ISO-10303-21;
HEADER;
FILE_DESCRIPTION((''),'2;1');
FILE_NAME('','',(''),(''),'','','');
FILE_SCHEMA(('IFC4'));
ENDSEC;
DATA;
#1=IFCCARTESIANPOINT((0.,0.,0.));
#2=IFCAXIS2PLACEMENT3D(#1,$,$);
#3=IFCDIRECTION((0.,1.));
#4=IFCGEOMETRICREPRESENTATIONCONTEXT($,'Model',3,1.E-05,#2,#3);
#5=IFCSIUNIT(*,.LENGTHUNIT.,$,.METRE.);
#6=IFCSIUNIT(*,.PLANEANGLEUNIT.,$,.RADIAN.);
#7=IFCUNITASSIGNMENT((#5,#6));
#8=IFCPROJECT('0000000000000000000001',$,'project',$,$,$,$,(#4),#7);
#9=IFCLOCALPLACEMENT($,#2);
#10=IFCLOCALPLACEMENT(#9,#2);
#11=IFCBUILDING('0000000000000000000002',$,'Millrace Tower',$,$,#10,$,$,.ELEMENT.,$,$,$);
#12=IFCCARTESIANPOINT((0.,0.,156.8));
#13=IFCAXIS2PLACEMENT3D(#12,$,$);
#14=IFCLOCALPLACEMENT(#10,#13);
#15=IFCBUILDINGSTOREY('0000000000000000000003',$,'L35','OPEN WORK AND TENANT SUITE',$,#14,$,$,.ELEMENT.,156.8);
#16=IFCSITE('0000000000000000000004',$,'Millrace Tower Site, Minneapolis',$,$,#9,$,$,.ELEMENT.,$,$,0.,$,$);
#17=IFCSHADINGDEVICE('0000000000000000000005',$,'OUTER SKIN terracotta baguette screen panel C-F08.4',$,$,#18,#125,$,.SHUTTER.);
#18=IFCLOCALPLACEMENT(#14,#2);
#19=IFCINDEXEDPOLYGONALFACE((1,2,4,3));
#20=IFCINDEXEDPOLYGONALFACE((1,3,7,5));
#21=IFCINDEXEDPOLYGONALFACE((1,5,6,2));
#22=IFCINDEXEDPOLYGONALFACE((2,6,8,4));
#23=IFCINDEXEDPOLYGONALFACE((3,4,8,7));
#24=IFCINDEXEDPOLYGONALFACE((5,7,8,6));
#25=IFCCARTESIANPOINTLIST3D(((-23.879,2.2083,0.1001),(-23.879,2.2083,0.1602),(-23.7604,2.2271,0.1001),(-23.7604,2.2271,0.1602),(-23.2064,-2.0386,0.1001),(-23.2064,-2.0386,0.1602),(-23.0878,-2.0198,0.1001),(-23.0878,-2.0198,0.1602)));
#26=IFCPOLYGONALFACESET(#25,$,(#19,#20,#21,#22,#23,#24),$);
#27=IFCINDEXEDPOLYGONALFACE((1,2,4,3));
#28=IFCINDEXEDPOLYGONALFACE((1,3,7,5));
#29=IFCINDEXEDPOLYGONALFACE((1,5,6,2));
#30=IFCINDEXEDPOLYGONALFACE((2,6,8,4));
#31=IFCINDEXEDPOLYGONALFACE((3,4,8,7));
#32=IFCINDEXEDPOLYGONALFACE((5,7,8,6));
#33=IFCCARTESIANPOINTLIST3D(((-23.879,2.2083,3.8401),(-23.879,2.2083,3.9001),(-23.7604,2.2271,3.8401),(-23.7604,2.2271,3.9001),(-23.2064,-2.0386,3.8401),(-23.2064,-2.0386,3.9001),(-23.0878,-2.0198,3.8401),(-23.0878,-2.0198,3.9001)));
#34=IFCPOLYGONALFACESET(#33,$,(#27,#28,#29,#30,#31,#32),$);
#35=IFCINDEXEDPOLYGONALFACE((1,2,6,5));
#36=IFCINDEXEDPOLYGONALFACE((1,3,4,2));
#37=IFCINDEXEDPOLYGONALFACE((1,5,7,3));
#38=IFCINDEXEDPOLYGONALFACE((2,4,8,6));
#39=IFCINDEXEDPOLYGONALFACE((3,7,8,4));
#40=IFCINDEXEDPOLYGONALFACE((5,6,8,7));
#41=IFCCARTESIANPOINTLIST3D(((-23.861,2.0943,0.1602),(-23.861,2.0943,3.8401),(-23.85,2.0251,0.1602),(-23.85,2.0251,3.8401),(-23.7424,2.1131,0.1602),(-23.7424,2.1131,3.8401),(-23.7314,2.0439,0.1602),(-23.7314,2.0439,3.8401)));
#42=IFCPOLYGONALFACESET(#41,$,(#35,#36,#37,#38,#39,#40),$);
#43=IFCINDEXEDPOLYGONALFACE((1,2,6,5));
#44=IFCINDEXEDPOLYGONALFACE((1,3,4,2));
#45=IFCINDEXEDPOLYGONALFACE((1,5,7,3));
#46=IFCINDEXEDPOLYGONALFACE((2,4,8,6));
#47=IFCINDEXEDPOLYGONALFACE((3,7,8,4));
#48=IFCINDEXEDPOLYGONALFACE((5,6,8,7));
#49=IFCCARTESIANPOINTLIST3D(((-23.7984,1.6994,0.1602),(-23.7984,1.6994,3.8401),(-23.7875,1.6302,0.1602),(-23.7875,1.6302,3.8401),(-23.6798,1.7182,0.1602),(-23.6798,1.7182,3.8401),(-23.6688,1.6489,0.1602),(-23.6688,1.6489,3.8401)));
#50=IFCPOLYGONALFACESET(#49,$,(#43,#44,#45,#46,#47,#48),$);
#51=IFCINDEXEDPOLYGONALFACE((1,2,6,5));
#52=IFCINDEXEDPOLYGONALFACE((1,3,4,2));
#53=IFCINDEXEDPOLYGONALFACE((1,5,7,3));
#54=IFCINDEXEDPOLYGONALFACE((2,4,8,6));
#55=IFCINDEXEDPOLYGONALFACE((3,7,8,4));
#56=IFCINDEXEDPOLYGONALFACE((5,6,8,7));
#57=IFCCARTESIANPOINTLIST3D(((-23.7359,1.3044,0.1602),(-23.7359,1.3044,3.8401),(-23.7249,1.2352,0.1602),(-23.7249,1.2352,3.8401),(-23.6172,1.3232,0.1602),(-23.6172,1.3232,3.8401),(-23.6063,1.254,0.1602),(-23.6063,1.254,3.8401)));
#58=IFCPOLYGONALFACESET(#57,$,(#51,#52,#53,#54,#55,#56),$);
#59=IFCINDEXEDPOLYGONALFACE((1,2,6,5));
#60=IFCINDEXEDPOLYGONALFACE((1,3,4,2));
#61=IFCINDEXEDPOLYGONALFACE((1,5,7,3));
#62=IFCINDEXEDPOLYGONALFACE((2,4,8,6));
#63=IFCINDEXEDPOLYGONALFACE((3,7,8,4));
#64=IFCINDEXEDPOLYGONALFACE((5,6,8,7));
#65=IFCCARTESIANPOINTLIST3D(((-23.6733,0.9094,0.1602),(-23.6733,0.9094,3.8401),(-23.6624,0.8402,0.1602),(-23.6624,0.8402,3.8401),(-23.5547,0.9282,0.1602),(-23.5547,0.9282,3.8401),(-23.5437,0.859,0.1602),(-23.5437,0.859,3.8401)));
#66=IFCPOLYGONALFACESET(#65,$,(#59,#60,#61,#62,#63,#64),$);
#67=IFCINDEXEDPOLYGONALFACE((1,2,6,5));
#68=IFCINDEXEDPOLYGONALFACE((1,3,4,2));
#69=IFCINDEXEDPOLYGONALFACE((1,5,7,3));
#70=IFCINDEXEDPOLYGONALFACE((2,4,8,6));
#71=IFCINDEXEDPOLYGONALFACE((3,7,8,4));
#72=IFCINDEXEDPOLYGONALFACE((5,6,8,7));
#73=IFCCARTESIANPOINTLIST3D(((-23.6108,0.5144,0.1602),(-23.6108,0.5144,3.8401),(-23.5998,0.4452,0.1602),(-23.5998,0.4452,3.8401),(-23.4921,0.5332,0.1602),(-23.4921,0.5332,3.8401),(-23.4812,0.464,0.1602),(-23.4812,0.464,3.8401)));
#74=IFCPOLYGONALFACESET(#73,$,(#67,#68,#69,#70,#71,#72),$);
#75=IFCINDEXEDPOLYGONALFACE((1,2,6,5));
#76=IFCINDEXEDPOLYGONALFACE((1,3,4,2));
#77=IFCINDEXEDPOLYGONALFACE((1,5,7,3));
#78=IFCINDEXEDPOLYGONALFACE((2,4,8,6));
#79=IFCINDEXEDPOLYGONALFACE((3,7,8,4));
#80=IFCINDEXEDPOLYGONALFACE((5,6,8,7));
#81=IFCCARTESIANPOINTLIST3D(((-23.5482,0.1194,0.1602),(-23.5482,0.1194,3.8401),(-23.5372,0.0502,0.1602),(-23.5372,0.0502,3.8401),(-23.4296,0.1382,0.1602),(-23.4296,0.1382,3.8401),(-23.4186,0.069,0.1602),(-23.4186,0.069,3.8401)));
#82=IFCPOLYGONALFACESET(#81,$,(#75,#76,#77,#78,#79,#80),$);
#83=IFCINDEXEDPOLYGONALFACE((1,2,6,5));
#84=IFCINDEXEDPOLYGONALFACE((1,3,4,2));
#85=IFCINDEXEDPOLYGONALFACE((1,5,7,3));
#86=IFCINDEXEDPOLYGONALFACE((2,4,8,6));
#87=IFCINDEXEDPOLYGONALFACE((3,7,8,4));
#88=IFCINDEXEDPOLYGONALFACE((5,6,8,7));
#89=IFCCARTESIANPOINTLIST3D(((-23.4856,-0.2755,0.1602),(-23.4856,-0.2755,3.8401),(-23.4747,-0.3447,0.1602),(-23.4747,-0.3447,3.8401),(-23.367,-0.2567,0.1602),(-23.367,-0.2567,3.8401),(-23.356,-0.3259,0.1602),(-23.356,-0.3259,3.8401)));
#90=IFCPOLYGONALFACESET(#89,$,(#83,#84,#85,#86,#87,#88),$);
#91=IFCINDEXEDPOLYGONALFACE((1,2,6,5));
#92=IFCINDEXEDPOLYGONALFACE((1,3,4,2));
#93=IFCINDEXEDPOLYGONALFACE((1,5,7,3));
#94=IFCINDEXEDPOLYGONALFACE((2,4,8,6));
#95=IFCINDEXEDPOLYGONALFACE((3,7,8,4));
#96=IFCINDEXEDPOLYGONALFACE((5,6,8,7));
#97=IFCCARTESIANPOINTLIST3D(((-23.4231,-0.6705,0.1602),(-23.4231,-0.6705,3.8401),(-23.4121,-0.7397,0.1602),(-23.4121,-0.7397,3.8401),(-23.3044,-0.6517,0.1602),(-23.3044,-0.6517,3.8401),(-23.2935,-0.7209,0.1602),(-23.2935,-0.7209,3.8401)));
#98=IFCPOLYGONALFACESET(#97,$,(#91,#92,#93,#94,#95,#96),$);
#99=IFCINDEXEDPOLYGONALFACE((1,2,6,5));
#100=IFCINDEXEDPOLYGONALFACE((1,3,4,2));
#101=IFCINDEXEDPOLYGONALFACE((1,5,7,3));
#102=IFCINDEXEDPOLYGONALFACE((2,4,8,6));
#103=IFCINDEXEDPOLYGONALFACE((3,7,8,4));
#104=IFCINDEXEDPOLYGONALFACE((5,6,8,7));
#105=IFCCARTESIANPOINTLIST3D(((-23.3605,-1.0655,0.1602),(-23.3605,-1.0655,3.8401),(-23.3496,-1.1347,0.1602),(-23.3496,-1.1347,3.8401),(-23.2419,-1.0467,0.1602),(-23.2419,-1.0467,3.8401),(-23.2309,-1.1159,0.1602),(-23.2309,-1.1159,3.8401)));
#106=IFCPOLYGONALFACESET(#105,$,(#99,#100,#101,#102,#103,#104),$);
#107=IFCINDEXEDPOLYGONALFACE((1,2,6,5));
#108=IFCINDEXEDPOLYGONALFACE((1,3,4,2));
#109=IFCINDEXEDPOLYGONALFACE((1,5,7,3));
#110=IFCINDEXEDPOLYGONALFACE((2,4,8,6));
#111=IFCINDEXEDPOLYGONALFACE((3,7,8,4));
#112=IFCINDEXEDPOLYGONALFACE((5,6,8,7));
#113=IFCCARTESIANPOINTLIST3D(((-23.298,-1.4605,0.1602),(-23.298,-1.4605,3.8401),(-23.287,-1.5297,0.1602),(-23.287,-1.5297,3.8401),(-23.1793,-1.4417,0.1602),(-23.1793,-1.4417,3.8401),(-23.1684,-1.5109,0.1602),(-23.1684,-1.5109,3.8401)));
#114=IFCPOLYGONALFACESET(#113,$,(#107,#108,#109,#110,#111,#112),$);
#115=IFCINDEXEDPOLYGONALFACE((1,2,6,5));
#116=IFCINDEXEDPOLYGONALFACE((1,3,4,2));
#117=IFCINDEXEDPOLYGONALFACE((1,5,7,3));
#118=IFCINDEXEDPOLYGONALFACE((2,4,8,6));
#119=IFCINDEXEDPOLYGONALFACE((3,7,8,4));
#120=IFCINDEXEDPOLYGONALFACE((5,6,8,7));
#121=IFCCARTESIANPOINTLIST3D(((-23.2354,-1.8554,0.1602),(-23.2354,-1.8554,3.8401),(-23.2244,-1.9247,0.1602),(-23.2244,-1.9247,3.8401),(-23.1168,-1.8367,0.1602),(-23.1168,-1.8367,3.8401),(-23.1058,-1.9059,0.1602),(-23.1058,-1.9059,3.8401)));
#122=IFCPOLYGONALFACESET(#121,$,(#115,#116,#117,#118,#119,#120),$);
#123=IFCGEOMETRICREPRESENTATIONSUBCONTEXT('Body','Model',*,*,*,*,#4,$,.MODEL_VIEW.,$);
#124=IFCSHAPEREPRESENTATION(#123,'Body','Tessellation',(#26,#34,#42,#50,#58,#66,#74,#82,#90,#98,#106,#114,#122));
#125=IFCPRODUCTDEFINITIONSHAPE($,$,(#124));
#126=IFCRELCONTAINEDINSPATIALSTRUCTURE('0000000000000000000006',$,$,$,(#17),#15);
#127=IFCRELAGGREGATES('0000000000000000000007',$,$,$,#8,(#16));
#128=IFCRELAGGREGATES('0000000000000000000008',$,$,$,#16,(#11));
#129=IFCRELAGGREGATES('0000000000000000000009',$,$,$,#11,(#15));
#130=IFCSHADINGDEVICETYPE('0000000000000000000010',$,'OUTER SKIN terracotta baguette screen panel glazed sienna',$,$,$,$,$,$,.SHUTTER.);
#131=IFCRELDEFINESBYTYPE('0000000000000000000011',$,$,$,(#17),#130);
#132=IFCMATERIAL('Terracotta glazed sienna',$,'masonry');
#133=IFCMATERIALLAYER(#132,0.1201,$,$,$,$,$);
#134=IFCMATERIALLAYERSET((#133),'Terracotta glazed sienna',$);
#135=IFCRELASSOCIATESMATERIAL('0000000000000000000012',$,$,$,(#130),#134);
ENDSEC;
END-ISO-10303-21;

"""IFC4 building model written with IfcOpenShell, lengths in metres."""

from ifc_helpers import new_model, entity, si_unit, direction, frame, frame_2d, origin, origin_2d, place, context, subcontext, project, spatial, rectangle, extrude, source, transform, mapped, material, layer, layer_set, type_object, element, save


model = new_model("IFC4")

# Units and contexts
model_context = context("Model", 3, precision=1e-05, world=origin(), true_north=direction((0.0, 1.0)))
body_context = subcontext(model_context, "Body", "Model", "MODEL_VIEW")
ifc_project = project(units=[si_unit("LENGTHUNIT", "METRE"), si_unit("PLANEANGLEUNIT", "RADIAN")], contexts=[model_context])

# Site, building, storey
site_placement = place(None, origin())
site = spatial("IfcSite", under=ifc_project, at=site_placement, Name="Millrace Tower Site, Minneapolis", CompositionType="ELEMENT", RefElevation=0.0)
building_placement = place(site_placement, origin())
building = spatial("IfcBuilding", under=site, at=building_placement, Name="Millrace Tower", CompositionType="ELEMENT")
storey_placement = place(building_placement, frame((0.0, 0.0, 156.8)))
storey = spatial("IfcBuildingStorey", under=building, at=storey_placement, Name="L35", Description="OPEN WORK AND TENANT SUITE", CompositionType="ELEMENT", Elevation=156.8)

# Shading device
ifc_material_1 = material(Name="Terracotta glazed sienna", Category="masonry")
ifc_layer_1 = layer(ifc_material_1, 0.1201)
ifc_layer_set_1 = layer_set([ifc_layer_1], Name="Terracotta glazed sienna")
shading_device_type = type_object("IfcShadingDeviceType", Name="OUTER SKIN terracotta baguette screen panel glazed sienna", PredefinedType="SHUTTER", material=ifc_layer_set_1)
cartesian_point = entity("IfcCartesianPoint", [-2.1499, 0.0601])
shared_polyline = entity("IfcPolyline", [cartesian_point, entity("IfcCartesianPoint", [2.1499, 0.0601]), entity("IfcCartesianPoint", [2.1499, -0.0601]), entity("IfcCartesianPoint", [-2.1499, -0.0601]), cartesian_point])
shared_shape = source(origin(), body_context, "Body", "SweptSolid", [
    entity("IfcExtrudedAreaSolid", entity("IfcArbitraryClosedProfileDef", "AREA", None, shared_polyline), entity("IfcAxis2Placement3D", entity("IfcCartesianPoint", [0.0, 0.0, 0.0])), entity("IfcDirection", [0.0, 0.0, 1.0]), 0.0601),
    entity("IfcExtrudedAreaSolid", entity("IfcArbitraryClosedProfileDef", "AREA", None, shared_polyline), entity("IfcAxis2Placement3D", entity("IfcCartesianPoint", [0.0, 0.0, 3.74])), entity("IfcDirection", [0.0, 0.0, 1.0]), 0.0601),
    extrude(rectangle(XDim=0.0701, YDim=0.1201, at=frame_2d((-1.9995, 0.0))), frame((0.0, 0.0, 0.0601)), (0.0, 0.0, 1.0), 3.6799),
    extrude(rectangle(XDim=0.0701, YDim=0.1201, at=frame_2d((-1.5996, 0.0))), frame((0.0, 0.0, 0.0601)), (0.0, 0.0, 1.0), 3.6799),
    extrude(rectangle(XDim=0.0701, YDim=0.1201, at=frame_2d((-1.1997, 0.0))), frame((0.0, 0.0, 0.0601)), (0.0, 0.0, 1.0), 3.6799),
    extrude(rectangle(XDim=0.0701, YDim=0.1201, at=frame_2d((-0.7998, 0.0))), frame((0.0, 0.0, 0.0601)), (0.0, 0.0, 1.0), 3.6799),
    extrude(rectangle(XDim=0.0701, YDim=0.1201, at=frame_2d((-0.3999, 0.0))), frame((0.0, 0.0, 0.0601)), (0.0, 0.0, 1.0), 3.6799),
    extrude(rectangle(XDim=0.0701, YDim=0.1201, at=origin_2d()), frame((0.0, 0.0, 0.0601)), (0.0, 0.0, 1.0), 3.6799),
    extrude(rectangle(XDim=0.0701, YDim=0.1201, at=frame_2d((0.3999, 0.0))), frame((0.0, 0.0, 0.0601)), (0.0, 0.0, 1.0), 3.6799),
    extrude(rectangle(XDim=0.0701, YDim=0.1201, at=frame_2d((0.7998, 0.0))), frame((0.0, 0.0, 0.0601)), (0.0, 0.0, 1.0), 3.6799),
    extrude(rectangle(XDim=0.0701, YDim=0.1201, at=frame_2d((1.1997, 0.0))), frame((0.0, 0.0, 0.0601)), (0.0, 0.0, 1.0), 3.6799),
    extrude(rectangle(XDim=0.0701, YDim=0.1201, at=frame_2d((1.5996, 0.0))), frame((0.0, 0.0, 0.0601)), (0.0, 0.0, 1.0), 3.6799),
    extrude(rectangle(XDim=0.0701, YDim=0.1201, at=frame_2d((1.9995, 0.0))), frame((0.0, 0.0, 0.0601)), (0.0, 0.0, 1.0), 3.6799),
])
for number, where, z_axis, x_axis, name in (
    (1, (-23.4834, 0.0942, 0.1001), (0.0, 0.0, 1.0), (0.156434, -0.987688, 0.0), "OUTER SKIN terracotta baguette screen panel C-F08.4"),
):
    element("IfcShadingDevice", number, at=place(storey_placement, frame(where, z_axis=z_axis, x_axis=x_axis)), inside=storey, type_object=shading_device_type, Name=name, PredefinedType="SHUTTER", context=body_context, shape_type="MappedRepresentation", body=[
        mapped(shared_shape, transform((0.0, 0.0, 0.0), scale=1.0)),
    ])

save(model, "model.ifc")
